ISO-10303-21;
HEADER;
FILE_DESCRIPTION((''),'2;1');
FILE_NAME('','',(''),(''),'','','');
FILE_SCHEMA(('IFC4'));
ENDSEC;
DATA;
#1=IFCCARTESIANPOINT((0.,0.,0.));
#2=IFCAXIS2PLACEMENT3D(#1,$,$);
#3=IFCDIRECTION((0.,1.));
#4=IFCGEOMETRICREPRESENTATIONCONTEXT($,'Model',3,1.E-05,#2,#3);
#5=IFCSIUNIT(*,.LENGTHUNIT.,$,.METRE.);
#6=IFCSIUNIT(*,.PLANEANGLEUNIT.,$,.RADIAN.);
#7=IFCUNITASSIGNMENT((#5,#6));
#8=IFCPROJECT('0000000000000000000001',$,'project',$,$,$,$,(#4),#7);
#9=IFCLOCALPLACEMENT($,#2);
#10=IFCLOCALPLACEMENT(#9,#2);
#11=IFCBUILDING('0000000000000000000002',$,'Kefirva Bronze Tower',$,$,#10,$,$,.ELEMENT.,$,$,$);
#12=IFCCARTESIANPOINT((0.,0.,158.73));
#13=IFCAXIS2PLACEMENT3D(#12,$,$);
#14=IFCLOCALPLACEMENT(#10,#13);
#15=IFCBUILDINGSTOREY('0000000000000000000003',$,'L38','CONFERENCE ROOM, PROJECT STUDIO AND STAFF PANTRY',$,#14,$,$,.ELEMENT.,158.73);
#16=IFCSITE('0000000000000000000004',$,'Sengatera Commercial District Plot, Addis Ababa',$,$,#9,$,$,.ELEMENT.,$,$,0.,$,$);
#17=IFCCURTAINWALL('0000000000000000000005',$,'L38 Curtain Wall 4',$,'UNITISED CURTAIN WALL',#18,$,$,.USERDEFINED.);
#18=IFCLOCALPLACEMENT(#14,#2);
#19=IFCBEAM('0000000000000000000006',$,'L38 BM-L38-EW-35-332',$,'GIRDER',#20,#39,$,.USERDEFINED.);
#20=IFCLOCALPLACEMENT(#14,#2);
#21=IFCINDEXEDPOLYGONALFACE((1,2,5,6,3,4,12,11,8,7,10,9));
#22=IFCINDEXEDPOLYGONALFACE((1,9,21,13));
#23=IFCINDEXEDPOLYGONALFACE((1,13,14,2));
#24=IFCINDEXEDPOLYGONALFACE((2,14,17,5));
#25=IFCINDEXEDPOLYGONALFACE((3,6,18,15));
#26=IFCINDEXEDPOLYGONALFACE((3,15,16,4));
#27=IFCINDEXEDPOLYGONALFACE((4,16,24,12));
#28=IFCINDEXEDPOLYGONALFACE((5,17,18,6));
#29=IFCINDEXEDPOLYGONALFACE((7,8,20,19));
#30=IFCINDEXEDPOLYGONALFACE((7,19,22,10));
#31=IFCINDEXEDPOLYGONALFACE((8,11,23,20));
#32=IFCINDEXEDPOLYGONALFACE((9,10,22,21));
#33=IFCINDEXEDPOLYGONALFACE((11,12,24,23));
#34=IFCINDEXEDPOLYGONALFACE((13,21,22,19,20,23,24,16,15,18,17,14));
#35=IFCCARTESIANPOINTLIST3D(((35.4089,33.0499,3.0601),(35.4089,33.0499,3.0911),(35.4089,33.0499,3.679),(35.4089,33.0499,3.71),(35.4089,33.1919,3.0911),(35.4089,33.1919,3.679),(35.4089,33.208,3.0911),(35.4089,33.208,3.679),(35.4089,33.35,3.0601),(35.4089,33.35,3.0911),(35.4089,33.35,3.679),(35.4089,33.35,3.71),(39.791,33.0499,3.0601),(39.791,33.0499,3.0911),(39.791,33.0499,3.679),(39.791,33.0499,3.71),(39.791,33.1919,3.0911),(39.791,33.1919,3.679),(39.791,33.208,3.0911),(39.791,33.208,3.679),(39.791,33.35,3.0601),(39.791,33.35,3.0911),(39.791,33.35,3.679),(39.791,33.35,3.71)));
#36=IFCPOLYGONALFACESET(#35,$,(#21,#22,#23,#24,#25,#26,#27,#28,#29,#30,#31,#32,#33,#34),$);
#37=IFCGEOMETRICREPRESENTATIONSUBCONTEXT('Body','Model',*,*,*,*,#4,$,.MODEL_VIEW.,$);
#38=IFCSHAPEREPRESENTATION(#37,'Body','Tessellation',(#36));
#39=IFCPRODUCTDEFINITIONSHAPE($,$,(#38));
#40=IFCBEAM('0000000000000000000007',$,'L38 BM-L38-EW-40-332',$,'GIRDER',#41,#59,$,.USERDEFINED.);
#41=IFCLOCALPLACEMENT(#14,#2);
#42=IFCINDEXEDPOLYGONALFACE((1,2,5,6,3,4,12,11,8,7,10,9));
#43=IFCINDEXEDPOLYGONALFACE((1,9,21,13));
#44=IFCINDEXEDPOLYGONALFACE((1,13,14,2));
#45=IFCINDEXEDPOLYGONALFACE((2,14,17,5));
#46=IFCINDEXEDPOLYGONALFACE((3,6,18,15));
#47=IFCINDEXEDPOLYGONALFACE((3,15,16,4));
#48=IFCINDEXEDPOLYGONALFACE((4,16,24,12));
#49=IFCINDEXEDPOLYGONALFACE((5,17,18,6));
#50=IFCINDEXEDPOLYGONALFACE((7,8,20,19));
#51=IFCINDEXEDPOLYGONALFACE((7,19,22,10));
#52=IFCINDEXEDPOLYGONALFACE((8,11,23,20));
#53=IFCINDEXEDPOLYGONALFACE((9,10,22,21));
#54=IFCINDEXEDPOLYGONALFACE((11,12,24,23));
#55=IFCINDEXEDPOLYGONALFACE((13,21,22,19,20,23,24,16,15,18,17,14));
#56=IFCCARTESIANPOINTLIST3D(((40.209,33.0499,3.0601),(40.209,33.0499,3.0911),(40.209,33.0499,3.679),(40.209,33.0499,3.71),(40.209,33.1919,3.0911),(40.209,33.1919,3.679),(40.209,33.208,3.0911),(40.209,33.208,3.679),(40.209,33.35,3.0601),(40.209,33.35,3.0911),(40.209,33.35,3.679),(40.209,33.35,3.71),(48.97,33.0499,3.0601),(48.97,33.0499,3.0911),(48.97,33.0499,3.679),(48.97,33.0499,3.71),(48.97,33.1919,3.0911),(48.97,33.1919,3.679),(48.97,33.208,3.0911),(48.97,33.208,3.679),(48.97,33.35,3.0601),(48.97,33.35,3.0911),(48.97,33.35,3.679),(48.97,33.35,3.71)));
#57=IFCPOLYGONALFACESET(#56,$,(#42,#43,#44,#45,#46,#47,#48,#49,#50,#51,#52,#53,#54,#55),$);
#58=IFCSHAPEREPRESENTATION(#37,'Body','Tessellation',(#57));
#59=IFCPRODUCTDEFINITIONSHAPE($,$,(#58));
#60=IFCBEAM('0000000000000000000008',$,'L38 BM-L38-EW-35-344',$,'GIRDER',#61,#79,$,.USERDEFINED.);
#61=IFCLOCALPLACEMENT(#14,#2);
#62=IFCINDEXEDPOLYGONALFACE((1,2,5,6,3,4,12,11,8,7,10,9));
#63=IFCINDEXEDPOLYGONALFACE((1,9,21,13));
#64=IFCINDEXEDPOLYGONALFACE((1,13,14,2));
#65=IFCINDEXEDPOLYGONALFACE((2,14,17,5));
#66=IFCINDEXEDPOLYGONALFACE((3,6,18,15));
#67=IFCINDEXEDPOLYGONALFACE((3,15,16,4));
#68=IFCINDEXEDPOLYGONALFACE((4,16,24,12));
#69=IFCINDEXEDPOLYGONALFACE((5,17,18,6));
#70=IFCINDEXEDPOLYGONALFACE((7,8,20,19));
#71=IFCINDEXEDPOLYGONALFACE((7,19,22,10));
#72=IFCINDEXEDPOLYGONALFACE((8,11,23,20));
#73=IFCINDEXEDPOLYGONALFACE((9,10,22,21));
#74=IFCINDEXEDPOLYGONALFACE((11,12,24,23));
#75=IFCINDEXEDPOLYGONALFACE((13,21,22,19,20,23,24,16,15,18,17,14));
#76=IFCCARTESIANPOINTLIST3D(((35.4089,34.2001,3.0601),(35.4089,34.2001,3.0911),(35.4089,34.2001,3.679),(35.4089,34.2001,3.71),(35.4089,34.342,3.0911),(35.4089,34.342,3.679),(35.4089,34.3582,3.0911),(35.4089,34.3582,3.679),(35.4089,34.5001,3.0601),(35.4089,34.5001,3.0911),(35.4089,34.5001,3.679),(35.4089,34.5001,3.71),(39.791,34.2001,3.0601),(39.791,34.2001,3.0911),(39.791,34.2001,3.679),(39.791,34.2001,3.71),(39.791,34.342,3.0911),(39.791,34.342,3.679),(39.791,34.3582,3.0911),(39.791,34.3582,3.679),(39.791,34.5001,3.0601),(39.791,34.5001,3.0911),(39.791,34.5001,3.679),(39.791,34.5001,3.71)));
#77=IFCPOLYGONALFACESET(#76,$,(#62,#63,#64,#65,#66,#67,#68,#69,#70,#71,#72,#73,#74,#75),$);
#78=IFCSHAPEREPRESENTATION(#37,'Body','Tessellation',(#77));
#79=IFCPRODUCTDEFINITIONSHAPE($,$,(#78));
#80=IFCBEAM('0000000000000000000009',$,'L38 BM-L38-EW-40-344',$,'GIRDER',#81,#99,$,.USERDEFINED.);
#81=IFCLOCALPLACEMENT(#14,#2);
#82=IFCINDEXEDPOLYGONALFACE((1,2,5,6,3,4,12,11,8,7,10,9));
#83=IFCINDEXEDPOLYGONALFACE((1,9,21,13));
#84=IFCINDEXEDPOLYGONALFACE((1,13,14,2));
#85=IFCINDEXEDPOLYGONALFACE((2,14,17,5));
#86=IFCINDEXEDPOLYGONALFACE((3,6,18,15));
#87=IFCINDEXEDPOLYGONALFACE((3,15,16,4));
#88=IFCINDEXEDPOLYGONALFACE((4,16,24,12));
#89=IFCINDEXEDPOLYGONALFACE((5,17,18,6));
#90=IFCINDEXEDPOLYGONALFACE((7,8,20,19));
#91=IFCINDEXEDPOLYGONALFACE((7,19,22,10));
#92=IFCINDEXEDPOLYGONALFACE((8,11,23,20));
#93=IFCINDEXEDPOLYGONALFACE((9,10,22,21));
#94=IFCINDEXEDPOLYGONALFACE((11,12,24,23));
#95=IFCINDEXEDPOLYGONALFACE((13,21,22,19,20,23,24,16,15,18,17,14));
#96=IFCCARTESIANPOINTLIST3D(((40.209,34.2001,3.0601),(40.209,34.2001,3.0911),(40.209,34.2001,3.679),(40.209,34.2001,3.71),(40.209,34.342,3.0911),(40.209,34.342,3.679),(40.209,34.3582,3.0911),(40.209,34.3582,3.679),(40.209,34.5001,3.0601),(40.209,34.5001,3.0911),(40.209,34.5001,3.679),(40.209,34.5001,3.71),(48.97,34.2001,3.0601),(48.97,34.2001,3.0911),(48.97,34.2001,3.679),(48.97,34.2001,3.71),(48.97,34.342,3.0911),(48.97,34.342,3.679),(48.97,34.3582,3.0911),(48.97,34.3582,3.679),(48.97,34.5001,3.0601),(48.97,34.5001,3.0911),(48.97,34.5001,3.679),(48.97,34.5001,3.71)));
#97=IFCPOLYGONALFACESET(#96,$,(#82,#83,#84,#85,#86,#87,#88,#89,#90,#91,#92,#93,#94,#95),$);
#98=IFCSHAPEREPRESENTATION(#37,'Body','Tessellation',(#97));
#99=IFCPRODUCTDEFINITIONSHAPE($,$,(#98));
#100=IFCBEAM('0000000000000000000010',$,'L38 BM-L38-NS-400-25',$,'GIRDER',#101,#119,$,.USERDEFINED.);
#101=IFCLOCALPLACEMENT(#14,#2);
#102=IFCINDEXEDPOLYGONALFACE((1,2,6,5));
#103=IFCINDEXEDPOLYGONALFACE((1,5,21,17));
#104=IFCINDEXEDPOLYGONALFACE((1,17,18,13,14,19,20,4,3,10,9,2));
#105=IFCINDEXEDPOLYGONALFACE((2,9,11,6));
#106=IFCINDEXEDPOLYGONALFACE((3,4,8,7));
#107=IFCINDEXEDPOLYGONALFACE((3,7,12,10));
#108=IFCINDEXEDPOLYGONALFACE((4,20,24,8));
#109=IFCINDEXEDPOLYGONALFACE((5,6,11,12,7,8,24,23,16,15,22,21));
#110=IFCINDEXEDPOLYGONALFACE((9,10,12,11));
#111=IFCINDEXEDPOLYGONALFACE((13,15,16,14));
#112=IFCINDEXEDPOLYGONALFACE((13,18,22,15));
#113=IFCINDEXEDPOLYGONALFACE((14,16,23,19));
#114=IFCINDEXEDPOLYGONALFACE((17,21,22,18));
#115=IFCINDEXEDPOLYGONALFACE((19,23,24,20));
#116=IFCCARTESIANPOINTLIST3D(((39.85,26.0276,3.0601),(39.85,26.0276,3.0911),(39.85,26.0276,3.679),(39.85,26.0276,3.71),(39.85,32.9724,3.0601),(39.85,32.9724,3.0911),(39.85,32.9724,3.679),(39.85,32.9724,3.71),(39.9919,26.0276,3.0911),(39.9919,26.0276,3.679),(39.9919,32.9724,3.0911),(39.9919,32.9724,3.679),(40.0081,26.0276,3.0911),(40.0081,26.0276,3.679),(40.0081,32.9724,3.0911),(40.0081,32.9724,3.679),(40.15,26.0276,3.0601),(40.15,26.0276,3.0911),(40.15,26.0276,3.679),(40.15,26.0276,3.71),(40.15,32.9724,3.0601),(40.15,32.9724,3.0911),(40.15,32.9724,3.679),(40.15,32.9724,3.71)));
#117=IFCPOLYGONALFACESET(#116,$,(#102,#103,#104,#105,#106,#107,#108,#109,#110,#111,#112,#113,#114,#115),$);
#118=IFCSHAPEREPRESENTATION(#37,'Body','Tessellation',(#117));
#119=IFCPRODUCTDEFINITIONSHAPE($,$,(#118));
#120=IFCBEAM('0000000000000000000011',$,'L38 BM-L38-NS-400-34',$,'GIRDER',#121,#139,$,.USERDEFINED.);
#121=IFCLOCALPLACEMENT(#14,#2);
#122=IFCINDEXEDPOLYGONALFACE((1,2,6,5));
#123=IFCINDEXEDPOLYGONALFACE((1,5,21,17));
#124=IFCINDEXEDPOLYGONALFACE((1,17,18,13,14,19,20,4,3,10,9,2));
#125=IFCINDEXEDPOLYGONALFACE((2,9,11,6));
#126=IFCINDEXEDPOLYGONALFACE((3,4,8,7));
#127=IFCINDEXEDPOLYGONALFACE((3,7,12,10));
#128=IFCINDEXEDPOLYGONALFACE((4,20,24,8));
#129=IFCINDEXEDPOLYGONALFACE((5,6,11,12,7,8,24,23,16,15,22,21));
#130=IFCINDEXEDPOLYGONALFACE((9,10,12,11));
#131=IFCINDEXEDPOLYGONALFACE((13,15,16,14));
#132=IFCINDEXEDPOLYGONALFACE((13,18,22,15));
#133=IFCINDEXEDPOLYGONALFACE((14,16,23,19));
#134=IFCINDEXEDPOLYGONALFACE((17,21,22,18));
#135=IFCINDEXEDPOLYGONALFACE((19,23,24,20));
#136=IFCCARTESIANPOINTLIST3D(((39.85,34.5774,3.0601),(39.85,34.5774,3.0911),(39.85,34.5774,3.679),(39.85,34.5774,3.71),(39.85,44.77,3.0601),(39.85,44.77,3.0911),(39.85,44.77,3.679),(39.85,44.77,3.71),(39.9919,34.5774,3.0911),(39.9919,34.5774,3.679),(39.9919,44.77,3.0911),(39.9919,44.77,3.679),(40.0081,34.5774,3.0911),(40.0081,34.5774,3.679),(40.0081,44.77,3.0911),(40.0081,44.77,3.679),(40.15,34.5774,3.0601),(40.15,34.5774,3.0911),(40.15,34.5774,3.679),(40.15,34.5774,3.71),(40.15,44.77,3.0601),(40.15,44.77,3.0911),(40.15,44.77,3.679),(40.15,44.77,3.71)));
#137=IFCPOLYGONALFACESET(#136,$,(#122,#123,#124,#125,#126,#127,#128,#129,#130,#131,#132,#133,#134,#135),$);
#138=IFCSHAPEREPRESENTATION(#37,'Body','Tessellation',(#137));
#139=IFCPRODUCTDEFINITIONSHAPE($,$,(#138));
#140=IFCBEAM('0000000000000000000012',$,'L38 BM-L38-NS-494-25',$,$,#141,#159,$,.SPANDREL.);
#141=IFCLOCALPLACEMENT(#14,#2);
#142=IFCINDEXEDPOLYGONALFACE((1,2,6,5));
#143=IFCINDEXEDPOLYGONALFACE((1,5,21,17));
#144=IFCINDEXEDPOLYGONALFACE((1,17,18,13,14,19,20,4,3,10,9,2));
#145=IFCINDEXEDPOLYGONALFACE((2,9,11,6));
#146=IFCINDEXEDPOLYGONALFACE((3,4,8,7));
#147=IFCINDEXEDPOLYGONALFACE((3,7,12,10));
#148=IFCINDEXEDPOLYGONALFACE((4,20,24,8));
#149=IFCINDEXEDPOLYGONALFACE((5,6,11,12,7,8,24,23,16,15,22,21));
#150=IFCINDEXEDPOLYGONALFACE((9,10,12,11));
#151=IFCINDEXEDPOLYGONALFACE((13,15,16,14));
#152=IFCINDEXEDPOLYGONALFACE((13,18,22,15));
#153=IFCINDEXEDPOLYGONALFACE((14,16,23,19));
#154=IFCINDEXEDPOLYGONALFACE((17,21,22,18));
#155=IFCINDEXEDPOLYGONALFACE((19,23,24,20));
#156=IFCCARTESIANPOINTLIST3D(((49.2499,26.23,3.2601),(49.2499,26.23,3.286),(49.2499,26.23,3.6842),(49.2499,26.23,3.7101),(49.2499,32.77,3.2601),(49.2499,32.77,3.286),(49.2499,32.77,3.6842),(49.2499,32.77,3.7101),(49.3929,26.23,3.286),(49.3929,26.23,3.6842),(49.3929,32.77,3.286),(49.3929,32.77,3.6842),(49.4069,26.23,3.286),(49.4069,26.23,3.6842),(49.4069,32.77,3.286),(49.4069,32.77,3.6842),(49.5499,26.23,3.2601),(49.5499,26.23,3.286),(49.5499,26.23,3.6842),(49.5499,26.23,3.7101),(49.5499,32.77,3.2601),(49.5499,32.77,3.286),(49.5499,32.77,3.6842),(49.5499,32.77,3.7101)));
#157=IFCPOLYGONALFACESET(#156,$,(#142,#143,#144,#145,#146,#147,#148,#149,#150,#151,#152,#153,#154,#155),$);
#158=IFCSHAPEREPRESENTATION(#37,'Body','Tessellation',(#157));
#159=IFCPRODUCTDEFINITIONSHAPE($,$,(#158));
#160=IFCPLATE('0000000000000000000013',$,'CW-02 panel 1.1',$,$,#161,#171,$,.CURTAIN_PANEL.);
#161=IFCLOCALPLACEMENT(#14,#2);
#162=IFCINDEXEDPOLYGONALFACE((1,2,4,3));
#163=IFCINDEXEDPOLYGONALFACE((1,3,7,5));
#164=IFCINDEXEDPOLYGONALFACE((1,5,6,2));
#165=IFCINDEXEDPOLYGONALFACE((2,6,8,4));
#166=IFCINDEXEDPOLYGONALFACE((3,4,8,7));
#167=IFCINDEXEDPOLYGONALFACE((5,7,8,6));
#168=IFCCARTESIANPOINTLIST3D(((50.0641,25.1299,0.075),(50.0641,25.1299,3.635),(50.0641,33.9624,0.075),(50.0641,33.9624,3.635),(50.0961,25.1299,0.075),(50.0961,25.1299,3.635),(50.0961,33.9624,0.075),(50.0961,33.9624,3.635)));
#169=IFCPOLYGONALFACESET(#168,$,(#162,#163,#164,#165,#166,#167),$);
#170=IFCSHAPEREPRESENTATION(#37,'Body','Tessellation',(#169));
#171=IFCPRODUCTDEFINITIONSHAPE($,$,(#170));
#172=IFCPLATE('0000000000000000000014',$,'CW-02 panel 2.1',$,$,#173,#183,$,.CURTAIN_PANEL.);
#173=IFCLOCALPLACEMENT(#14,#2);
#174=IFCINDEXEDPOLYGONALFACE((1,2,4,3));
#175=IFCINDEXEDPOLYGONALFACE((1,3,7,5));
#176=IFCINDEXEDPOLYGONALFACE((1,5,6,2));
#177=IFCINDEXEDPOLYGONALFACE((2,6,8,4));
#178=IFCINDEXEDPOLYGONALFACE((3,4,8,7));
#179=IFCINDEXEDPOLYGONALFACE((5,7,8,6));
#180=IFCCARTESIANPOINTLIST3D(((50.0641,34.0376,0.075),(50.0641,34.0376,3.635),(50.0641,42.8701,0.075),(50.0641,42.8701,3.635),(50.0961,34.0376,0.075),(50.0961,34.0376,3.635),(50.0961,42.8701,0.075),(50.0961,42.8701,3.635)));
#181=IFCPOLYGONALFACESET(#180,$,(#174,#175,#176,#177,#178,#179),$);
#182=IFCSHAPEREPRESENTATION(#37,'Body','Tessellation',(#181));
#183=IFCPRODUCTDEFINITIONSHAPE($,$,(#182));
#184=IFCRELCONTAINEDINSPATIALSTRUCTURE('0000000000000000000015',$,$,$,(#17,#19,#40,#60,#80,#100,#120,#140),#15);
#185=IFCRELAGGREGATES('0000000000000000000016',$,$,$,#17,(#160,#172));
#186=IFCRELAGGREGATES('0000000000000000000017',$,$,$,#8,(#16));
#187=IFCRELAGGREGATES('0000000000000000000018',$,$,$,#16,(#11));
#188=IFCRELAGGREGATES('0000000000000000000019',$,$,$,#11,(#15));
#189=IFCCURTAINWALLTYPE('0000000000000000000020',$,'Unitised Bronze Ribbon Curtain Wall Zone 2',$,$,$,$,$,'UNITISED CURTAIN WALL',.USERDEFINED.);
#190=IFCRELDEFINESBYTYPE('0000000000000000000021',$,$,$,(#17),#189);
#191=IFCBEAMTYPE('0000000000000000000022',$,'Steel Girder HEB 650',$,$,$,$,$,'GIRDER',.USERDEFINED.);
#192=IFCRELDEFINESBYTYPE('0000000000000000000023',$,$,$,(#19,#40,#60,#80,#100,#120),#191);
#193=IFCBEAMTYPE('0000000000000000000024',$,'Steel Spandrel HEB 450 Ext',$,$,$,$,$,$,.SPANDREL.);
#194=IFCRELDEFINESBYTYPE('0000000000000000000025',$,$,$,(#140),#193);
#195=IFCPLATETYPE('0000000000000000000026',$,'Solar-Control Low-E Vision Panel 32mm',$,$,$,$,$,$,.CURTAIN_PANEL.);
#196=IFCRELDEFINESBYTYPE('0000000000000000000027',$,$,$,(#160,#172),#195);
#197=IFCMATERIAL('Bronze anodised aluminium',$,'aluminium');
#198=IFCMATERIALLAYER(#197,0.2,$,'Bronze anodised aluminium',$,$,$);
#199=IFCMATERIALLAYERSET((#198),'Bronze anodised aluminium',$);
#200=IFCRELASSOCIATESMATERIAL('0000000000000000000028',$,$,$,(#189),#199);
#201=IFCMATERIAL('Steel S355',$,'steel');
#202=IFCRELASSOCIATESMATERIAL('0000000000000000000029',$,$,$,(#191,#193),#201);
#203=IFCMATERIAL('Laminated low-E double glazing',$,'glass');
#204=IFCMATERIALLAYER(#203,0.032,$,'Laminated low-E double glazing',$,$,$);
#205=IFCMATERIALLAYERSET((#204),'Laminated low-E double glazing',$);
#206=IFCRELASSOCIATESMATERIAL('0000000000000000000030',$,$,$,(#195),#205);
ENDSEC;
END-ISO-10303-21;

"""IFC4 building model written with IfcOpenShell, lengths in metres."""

from ifc_helpers import new_model, si_unit, direction, frame, origin, origin_2d, place, context, subcontext, project, spatial, rectangle, i_section, extrude, material, layer, layer_set, material_profile, profile_set, type_object, element, aggregate, save


model = new_model("IFC4")

# Units and contexts
model_context = context("Model", 3, precision=1e-05, world=origin(), true_north=direction((0.0, 1.0)))
body_context = subcontext(model_context, "Body", "Model", "MODEL_VIEW")
ifc_project = project(units=[si_unit("LENGTHUNIT", "METRE"), si_unit("PLANEANGLEUNIT", "RADIAN")], contexts=[model_context])

# Site, building, storey
site_placement = place(None, origin())
site = spatial("IfcSite", under=ifc_project, at=site_placement, Name="Sengatera Commercial District Plot, Addis Ababa", CompositionType="ELEMENT", RefElevation=0.0)
building_placement = place(site_placement, origin())
building = spatial("IfcBuilding", under=site, at=building_placement, Name="Kefirva Bronze Tower", CompositionType="ELEMENT")
storey_placement = place(building_placement, frame((0.0, 0.0, 158.73)))
storey = spatial("IfcBuildingStorey", under=building, at=storey_placement, Name="L38", Description="CONFERENCE ROOM, PROJECT STUDIO AND STAFF PANTRY", CompositionType="ELEMENT", Elevation=158.73)

# Curtain wall
ifc_material_1 = material(Name="Bronze anodised aluminium", Category="aluminium")
ifc_layer_1 = layer(ifc_material_1, 0.2, Name="Bronze anodised aluminium")
ifc_layer_set_1 = layer_set([ifc_layer_1], Name="Bronze anodised aluminium")
curtain_wall_type = type_object("IfcCurtainWallType", Name="Unitised Bronze Ribbon Curtain Wall Zone 2", ElementType="UNITISED CURTAIN WALL", PredefinedType="USERDEFINED", material=ifc_layer_set_1)
curtain_wall_placement = place(storey_placement, origin())
curtain_wall = element("IfcCurtainWall", 1, at=curtain_wall_placement, inside=storey, type_object=curtain_wall_type, Name="L38 Curtain Wall 4", ObjectType="UNITISED CURTAIN WALL", PredefinedType="USERDEFINED")

# Beams
ifc_material_2 = material(Name="Steel S355", Category="steel")
ifc_material_profile_1 = material_profile(ifc_material_2, i_section(OverallWidth=0.3, OverallDepth=0.6499, WebThickness=0.0161, FlangeThickness=0.031, at=origin_2d()), Name="HEB 650")
ifc_profile_set_1 = profile_set([ifc_material_profile_1], Name="Steel S355")
beam_type_1 = type_object("IfcBeamType", Name="Steel Girder HEB 650", ElementType="GIRDER", PredefinedType="USERDEFINED", material=ifc_profile_set_1)
beam_1_placement = place(storey_placement, frame((35.4089, 33.2, 3.385), z_axis=(1.0, 0.0, 0.0), x_axis=(0.0, 1.0, 0.0)))
element("IfcBeam", 2, at=beam_1_placement, inside=storey, type_object=beam_type_1, Name="L38 BM-L38-EW-35-332", ObjectType="GIRDER", PredefinedType="USERDEFINED", context=body_context, shape_type="SweptSolid", body=[
    extrude(i_section(OverallWidth=0.3, OverallDepth=0.6499, WebThickness=0.0161, FlangeThickness=0.031, at=origin_2d()), origin(), (0.0, 0.0, 1.0), 4.3821),
])
beam_2_placement = place(storey_placement, frame((40.209, 33.2, 3.385), z_axis=(1.0, 0.0, 0.0), x_axis=(0.0, 1.0, 0.0)))
element("IfcBeam", 3, at=beam_2_placement, inside=storey, type_object=beam_type_1, Name="L38 BM-L38-EW-40-332", ObjectType="GIRDER", PredefinedType="USERDEFINED", context=body_context, shape_type="SweptSolid", body=[
    extrude(i_section(OverallWidth=0.3, OverallDepth=0.6499, WebThickness=0.0161, FlangeThickness=0.031, at=origin_2d()), origin(), (0.0, 0.0, 1.0), 8.761),
])
beam_3_placement = place(storey_placement, frame((35.4089, 34.3501, 3.385), z_axis=(1.0, 0.0, 0.0), x_axis=(0.0, 1.0, 0.0)))
element("IfcBeam", 4, at=beam_3_placement, inside=storey, type_object=beam_type_1, Name="L38 BM-L38-EW-35-344", ObjectType="GIRDER", PredefinedType="USERDEFINED", context=body_context, shape_type="SweptSolid", body=[
    extrude(i_section(OverallWidth=0.3, OverallDepth=0.6499, WebThickness=0.0161, FlangeThickness=0.031, at=origin_2d()), origin(), (0.0, 0.0, 1.0), 4.3821),
])
beam_4_placement = place(storey_placement, frame((40.209, 34.3501, 3.385), z_axis=(1.0, 0.0, 0.0), x_axis=(0.0, 1.0, 0.0)))
element("IfcBeam", 5, at=beam_4_placement, inside=storey, type_object=beam_type_1, Name="L38 BM-L38-EW-40-344", ObjectType="GIRDER", PredefinedType="USERDEFINED", context=body_context, shape_type="SweptSolid", body=[
    extrude(i_section(OverallWidth=0.3, OverallDepth=0.6499, WebThickness=0.0161, FlangeThickness=0.031, at=origin_2d()), origin(), (0.0, 0.0, 1.0), 8.761),
])
beam_5_placement = place(storey_placement, frame((40.0, 26.0276, 3.385), z_axis=(0.0, 1.0, 0.0), x_axis=(-1.0, 0.0, 0.0)))
element("IfcBeam", 6, at=beam_5_placement, inside=storey, type_object=beam_type_1, Name="L38 BM-L38-NS-400-25", ObjectType="GIRDER", PredefinedType="USERDEFINED", context=body_context, shape_type="SweptSolid", body=[
    extrude(i_section(OverallWidth=0.3, OverallDepth=0.6499, WebThickness=0.0161, FlangeThickness=0.031, at=origin_2d()), origin(), (0.0, 0.0, 1.0), 6.9448),
])
beam_6_placement = place(storey_placement, frame((40.0, 34.5774, 3.385), z_axis=(0.0, 1.0, 0.0), x_axis=(-1.0, 0.0, 0.0)))
element("IfcBeam", 7, at=beam_6_placement, inside=storey, type_object=beam_type_1, Name="L38 BM-L38-NS-400-34", ObjectType="GIRDER", PredefinedType="USERDEFINED", context=body_context, shape_type="SweptSolid", body=[
    extrude(i_section(OverallWidth=0.3, OverallDepth=0.6499, WebThickness=0.0161, FlangeThickness=0.031, at=origin_2d()), origin(), (0.0, 0.0, 1.0), 10.1926),
])
ifc_material_profile_2 = material_profile(ifc_material_2, i_section(OverallWidth=0.3, OverallDepth=0.45, WebThickness=0.0139, FlangeThickness=0.0259, at=origin_2d()), Name="HEB 450")
ifc_profile_set_2 = profile_set([ifc_material_profile_2], Name="Steel S355")
beam_type_2 = type_object("IfcBeamType", Name="Steel Spandrel HEB 450 Ext", PredefinedType="SPANDREL", material=ifc_profile_set_2)
beam_7_placement = place(storey_placement, frame((49.3999, 26.23, 3.4851), z_axis=(0.0, 1.0, 0.0), x_axis=(-1.0, 0.0, 0.0)))
element("IfcBeam", 8, at=beam_7_placement, inside=storey, type_object=beam_type_2, Name="L38 BM-L38-NS-494-25", PredefinedType="SPANDREL", context=body_context, shape_type="SweptSolid", body=[
    extrude(i_section(OverallWidth=0.3, OverallDepth=0.45, WebThickness=0.0139, FlangeThickness=0.0259, at=origin_2d()), origin(), (0.0, 0.0, 1.0), 6.54),
])

# Plates
ifc_material_3 = material(Name="Laminated low-E double glazing", Category="glass")
ifc_layer_2 = layer(ifc_material_3, 0.032, Name="Laminated low-E double glazing")
ifc_layer_set_2 = layer_set([ifc_layer_2], Name="Laminated low-E double glazing")
plate_type = type_object("IfcPlateType", Name="Solar-Control Low-E Vision Panel 32mm", PredefinedType="CURTAIN_PANEL", material=ifc_layer_set_2)
plate_1_placement = place(storey_placement, frame((50.0801, 29.5461, 0.075), z_axis=(0.0, 0.0, 1.0), x_axis=(0.0, 1.0, 0.0)))
plate_1 = element("IfcPlate", 9, at=plate_1_placement, type_object=plate_type, Name="CW-02 panel 1.1", PredefinedType="CURTAIN_PANEL", context=body_context, shape_type="SweptSolid", body=[
    extrude(rectangle(XDim=8.8325, YDim=0.032, at=origin_2d()), origin(), (0.0, 0.0, 1.0), 3.5601),
])
plate_2_placement = place(storey_placement, frame((50.0801, 38.4539, 0.075), z_axis=(0.0, 0.0, 1.0), x_axis=(0.0, 1.0, 0.0)))
plate_2 = element("IfcPlate", 10, at=plate_2_placement, type_object=plate_type, Name="CW-02 panel 2.1", PredefinedType="CURTAIN_PANEL", context=body_context, shape_type="SweptSolid", body=[
    extrude(rectangle(XDim=8.8325, YDim=0.032, at=origin_2d()), origin(), (0.0, 0.0, 1.0), 3.5601),
])
aggregate(curtain_wall, [plate_1, plate_2])

save(model, "model.ifc")
